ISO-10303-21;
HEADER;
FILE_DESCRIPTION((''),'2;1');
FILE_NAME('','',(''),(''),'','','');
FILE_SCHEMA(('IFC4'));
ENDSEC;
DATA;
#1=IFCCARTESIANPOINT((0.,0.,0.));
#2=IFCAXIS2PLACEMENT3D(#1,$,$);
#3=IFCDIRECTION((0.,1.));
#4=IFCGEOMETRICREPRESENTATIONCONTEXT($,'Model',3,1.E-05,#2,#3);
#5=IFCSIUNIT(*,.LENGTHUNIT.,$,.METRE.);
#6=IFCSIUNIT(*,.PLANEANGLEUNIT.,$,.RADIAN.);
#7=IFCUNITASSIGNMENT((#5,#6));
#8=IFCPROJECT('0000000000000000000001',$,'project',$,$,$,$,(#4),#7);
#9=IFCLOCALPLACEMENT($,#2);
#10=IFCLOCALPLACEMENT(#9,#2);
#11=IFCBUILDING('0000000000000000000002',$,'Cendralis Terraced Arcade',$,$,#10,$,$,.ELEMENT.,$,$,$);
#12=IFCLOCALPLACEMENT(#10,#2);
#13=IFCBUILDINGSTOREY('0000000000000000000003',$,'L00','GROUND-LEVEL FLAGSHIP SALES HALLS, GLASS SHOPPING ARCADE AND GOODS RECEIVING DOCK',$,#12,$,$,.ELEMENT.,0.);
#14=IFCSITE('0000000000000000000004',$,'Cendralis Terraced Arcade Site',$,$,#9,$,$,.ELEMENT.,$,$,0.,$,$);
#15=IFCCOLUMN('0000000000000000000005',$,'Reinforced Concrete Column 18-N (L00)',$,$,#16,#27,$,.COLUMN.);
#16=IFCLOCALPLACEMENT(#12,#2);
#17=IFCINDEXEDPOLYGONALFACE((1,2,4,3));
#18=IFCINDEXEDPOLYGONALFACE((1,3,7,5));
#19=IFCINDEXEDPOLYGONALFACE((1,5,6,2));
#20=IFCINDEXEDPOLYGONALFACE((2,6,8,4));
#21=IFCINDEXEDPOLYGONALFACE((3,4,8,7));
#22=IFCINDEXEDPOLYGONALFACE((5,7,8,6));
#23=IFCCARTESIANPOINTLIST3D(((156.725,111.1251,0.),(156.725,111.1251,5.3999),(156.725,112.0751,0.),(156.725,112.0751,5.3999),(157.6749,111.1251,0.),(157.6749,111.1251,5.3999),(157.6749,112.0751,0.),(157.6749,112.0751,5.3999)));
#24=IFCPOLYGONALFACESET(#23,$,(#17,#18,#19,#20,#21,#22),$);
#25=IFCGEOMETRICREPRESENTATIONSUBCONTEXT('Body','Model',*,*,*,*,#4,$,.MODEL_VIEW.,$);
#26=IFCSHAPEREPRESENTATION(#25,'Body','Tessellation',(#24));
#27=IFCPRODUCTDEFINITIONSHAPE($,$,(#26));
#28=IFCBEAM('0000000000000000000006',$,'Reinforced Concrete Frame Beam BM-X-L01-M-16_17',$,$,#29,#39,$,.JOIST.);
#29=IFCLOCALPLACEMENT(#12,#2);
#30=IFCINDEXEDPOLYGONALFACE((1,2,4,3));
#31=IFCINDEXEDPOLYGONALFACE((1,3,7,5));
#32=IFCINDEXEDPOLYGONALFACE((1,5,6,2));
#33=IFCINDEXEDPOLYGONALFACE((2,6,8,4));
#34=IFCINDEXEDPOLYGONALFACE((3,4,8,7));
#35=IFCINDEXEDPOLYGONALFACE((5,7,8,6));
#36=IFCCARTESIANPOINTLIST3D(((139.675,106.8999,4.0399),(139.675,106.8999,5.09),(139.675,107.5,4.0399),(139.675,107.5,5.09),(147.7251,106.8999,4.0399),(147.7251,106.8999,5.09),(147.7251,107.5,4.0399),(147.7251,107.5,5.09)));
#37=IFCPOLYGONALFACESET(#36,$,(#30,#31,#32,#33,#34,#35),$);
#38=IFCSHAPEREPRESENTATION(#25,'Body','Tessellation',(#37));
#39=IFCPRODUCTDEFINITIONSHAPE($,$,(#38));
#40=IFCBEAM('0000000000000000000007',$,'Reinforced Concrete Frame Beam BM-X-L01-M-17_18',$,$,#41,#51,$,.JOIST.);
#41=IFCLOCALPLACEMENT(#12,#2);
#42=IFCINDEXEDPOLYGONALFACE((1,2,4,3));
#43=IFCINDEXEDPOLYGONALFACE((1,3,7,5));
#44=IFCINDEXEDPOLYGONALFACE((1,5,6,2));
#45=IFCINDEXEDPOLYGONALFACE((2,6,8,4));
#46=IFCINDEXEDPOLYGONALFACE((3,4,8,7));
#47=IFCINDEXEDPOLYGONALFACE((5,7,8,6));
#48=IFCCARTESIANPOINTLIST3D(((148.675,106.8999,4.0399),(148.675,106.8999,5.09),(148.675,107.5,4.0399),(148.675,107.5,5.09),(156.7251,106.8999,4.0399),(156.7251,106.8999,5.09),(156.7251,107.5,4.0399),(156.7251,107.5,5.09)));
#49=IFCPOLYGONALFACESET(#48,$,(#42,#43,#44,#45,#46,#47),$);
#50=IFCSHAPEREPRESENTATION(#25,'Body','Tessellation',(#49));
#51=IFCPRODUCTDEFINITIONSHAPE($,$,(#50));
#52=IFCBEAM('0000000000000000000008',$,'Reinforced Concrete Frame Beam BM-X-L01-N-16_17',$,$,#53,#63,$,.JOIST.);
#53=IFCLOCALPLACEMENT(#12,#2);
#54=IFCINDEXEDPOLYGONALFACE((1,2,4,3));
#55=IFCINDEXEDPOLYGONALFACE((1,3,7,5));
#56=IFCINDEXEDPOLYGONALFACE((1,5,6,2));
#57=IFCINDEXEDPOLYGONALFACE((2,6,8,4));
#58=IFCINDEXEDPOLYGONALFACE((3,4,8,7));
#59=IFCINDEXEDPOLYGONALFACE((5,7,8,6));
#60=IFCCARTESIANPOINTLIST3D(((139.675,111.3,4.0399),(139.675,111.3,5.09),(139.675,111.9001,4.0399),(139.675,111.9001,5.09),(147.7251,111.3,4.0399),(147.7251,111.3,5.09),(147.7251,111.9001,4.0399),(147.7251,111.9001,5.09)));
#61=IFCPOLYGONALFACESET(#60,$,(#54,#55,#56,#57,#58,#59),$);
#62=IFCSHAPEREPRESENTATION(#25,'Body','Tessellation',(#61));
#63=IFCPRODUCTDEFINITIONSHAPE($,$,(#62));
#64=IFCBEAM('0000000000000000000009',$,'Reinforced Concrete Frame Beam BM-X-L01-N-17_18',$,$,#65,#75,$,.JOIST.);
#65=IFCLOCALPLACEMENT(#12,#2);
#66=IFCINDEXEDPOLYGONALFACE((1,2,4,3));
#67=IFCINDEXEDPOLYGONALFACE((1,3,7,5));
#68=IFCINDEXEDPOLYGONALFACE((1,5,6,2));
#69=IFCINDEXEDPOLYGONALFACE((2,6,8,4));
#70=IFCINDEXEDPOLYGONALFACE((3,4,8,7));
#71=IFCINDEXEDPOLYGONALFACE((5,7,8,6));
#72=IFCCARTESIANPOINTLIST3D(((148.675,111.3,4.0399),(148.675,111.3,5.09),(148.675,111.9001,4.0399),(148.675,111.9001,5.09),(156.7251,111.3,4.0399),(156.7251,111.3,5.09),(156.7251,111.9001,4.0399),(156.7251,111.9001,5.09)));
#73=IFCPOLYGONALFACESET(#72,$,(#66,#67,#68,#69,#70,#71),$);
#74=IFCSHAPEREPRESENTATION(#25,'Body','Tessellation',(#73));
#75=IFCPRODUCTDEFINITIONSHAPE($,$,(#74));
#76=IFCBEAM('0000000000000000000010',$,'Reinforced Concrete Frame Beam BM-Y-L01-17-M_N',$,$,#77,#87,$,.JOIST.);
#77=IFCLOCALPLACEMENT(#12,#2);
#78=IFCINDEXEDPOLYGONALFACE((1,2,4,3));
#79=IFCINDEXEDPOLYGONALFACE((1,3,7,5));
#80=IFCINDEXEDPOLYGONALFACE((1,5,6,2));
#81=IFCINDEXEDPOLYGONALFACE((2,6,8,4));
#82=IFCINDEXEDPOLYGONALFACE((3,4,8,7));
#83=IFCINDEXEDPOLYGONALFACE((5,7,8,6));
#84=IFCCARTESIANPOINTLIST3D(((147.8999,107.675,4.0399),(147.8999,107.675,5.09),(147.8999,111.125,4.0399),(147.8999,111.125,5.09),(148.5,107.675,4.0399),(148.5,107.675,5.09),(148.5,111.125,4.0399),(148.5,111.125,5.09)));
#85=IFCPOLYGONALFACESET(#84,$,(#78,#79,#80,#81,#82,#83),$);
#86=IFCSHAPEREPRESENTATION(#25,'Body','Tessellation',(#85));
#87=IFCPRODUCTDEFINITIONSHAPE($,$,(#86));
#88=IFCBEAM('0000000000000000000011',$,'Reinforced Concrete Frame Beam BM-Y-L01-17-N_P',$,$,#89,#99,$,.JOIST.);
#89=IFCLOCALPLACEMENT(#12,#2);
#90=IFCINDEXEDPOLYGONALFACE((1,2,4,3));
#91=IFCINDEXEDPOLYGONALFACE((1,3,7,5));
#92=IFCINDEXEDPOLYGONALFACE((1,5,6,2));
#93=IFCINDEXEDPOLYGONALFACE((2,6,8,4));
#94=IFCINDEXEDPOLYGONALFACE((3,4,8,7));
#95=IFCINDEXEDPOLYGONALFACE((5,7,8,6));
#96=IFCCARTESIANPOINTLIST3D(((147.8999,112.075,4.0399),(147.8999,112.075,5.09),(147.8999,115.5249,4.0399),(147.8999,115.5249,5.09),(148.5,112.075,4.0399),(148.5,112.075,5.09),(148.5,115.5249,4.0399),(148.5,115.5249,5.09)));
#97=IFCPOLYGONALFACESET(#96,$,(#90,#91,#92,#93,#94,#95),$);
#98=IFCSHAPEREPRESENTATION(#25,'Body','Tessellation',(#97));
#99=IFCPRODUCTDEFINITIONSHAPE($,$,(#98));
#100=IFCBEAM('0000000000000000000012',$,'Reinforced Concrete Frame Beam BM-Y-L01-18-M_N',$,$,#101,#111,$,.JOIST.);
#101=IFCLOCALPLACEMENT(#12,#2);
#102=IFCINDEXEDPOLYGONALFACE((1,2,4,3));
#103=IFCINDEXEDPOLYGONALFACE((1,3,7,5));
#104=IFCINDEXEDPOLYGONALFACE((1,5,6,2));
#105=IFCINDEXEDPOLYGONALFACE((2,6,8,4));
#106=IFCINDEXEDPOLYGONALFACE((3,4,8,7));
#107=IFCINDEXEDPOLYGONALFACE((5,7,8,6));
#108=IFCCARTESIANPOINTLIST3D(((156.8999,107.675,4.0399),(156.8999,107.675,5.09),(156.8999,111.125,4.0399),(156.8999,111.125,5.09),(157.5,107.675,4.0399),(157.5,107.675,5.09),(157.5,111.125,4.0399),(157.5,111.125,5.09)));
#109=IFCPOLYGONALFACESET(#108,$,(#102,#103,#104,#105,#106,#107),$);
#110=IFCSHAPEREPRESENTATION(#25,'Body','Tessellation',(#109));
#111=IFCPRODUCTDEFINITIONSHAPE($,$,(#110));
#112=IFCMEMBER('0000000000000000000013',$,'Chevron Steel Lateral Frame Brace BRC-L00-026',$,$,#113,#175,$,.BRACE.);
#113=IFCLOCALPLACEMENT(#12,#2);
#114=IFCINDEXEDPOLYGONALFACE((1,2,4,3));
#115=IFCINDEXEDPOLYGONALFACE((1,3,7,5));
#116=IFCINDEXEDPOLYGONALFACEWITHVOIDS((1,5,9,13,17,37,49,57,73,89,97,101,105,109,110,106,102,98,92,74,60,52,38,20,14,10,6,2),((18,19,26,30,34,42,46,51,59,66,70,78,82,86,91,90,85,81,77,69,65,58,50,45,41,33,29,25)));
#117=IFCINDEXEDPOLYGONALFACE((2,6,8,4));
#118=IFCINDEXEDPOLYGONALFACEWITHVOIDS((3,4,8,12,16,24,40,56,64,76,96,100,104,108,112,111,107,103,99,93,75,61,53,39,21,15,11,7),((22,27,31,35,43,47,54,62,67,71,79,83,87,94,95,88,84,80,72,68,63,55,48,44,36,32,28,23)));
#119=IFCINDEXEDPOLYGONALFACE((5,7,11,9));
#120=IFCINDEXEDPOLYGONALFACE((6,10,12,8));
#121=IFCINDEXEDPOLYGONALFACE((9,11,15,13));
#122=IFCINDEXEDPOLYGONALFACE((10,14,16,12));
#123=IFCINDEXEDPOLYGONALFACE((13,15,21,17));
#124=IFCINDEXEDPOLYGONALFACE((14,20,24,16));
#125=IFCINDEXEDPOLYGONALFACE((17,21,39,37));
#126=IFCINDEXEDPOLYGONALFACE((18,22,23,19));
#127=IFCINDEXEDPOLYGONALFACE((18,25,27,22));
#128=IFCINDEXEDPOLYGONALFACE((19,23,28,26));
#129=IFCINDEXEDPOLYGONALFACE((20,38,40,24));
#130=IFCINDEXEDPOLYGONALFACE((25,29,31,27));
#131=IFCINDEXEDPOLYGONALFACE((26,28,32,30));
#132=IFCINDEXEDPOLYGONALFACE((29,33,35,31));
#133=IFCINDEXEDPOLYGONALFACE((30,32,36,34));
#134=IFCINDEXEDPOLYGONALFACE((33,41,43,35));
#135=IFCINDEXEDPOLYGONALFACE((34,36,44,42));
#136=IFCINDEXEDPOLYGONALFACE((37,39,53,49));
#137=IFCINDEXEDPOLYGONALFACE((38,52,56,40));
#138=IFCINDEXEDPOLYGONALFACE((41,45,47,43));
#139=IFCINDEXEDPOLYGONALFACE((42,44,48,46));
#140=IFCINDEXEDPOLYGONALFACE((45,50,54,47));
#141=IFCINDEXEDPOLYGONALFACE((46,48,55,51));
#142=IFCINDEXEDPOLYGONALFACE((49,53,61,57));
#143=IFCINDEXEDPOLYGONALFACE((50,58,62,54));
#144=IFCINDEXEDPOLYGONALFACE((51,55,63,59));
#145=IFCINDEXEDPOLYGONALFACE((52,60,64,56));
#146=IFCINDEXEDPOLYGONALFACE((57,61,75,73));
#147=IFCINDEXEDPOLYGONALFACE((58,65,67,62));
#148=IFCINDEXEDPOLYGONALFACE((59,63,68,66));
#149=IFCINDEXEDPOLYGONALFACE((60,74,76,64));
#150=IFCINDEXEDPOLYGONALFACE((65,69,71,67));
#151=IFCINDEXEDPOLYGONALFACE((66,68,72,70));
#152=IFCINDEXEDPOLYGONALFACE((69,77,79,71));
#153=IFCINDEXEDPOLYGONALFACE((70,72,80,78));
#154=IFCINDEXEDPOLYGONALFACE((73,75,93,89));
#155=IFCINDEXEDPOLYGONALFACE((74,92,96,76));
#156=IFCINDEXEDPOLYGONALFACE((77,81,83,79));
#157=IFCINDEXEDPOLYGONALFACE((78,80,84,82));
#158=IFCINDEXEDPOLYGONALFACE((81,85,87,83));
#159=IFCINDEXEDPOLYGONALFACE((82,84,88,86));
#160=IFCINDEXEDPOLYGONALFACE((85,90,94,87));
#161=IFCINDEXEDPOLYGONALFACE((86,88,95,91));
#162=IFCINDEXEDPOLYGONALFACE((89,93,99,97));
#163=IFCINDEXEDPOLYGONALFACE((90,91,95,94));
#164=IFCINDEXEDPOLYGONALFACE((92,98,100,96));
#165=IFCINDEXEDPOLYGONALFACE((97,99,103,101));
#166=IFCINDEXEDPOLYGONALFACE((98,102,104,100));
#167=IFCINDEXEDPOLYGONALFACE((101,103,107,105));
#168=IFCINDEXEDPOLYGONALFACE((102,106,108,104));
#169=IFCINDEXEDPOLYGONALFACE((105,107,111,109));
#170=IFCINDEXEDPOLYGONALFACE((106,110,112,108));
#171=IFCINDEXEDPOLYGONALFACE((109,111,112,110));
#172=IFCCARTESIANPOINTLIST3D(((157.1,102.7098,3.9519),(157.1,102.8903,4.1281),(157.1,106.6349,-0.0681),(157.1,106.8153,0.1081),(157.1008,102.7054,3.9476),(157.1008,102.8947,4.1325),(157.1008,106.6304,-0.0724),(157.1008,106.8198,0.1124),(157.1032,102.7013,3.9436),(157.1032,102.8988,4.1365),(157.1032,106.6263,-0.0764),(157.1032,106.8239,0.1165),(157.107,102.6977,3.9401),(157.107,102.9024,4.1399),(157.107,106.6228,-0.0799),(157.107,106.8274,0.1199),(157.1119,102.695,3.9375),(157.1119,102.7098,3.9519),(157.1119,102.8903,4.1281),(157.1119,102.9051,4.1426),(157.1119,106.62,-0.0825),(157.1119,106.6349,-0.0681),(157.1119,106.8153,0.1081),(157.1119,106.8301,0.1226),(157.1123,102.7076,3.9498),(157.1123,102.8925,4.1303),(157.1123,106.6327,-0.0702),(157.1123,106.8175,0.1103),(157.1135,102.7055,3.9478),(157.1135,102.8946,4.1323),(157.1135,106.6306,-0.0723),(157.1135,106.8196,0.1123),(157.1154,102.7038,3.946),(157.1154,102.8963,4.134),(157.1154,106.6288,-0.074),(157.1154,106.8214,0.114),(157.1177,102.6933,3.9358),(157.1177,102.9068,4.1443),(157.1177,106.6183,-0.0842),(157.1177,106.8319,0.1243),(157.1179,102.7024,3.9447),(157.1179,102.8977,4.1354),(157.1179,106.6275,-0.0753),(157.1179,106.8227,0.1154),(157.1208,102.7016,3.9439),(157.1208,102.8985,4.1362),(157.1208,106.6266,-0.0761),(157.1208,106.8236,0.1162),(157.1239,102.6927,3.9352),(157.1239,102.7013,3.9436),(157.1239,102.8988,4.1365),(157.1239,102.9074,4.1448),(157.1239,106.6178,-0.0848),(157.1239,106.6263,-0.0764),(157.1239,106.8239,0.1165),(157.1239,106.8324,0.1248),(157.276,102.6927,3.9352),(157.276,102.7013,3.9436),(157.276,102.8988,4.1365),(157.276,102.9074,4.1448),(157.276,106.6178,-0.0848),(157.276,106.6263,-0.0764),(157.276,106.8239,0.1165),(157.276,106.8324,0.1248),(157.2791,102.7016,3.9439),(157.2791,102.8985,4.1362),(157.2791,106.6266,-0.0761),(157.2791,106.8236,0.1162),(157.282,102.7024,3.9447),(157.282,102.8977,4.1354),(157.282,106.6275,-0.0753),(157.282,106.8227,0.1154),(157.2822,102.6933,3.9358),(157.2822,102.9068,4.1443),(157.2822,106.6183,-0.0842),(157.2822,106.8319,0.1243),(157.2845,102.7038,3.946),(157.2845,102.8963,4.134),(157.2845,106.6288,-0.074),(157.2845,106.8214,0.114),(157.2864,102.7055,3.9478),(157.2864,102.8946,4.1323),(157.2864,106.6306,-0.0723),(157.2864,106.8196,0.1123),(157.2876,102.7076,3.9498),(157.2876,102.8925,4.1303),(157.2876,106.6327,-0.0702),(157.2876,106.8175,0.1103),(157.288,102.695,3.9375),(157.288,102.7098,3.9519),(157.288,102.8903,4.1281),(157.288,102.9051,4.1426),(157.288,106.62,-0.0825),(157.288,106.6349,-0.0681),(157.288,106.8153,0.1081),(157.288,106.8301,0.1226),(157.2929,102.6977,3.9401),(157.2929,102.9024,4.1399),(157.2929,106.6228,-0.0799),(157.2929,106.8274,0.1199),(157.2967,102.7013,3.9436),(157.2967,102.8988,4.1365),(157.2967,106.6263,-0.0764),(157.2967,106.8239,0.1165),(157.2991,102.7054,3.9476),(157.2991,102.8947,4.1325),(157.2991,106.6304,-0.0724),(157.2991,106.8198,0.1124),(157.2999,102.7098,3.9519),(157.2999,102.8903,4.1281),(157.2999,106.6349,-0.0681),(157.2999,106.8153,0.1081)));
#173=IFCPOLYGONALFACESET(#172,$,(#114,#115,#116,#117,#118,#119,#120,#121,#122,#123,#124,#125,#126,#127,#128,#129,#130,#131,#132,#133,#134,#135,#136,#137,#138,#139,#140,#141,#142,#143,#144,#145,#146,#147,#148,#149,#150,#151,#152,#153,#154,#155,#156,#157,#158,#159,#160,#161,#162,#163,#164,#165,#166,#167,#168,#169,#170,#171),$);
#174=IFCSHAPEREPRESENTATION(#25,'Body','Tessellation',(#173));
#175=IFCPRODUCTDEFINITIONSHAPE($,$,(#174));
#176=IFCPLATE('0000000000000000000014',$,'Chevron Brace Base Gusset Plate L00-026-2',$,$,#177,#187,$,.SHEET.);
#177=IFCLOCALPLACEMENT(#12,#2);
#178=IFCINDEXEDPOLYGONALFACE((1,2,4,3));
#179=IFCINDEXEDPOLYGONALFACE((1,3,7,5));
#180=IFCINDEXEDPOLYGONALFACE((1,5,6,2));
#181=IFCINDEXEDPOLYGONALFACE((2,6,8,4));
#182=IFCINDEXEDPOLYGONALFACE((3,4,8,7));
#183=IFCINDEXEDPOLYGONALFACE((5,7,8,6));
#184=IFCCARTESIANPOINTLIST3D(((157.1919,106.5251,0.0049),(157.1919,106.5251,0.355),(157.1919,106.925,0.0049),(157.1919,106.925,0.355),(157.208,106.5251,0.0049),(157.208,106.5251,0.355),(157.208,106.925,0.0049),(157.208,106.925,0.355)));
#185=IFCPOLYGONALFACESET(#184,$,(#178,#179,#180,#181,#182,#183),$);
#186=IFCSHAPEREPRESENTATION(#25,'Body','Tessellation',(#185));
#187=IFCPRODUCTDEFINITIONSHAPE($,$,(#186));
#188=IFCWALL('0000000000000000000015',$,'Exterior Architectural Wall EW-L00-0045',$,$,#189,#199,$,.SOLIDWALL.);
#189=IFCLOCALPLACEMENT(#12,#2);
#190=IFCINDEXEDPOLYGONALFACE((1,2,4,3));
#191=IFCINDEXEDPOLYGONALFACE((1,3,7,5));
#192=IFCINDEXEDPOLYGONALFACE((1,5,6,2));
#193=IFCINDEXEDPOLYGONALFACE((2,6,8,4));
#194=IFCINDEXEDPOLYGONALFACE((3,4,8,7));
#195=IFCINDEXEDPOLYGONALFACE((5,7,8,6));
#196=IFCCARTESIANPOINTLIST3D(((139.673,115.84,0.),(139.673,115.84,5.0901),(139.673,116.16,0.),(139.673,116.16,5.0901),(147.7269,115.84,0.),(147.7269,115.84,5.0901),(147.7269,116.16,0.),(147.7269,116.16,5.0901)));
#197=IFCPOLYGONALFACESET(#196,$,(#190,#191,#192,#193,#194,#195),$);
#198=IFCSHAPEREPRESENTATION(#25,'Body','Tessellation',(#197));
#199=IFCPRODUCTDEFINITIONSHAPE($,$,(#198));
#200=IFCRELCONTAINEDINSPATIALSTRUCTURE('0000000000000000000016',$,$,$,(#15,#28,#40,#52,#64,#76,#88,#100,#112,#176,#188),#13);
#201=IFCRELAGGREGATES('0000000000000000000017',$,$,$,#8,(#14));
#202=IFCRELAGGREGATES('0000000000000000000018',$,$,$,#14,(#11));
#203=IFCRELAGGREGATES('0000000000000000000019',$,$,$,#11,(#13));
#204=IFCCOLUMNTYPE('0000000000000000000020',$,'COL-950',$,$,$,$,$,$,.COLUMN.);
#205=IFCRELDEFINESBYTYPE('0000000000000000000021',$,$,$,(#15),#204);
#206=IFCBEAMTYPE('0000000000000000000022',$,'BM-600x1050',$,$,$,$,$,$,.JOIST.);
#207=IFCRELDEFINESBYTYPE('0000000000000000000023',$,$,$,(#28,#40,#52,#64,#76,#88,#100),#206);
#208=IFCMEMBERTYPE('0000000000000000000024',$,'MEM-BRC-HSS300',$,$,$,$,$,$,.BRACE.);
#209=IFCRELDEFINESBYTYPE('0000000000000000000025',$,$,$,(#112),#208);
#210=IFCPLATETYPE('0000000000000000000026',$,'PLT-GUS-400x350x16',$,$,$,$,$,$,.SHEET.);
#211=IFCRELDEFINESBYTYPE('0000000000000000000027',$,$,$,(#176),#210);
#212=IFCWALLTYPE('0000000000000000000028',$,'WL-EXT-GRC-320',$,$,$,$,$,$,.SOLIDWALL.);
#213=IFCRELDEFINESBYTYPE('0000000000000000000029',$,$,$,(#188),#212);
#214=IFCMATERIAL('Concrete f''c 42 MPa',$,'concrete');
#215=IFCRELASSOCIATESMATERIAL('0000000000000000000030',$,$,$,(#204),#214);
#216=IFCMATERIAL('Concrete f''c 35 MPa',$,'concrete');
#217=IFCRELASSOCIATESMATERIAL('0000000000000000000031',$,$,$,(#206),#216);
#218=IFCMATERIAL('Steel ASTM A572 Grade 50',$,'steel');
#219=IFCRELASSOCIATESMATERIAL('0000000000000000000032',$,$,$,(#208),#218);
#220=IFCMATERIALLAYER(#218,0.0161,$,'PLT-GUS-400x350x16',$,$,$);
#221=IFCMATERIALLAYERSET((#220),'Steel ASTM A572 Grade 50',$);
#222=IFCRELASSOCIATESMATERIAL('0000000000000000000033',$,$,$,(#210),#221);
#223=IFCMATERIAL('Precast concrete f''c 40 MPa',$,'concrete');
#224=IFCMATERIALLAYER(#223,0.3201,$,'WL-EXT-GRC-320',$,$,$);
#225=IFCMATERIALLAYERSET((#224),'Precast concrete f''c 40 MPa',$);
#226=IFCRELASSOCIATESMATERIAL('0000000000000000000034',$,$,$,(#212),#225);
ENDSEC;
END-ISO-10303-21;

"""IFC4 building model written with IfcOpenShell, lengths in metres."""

from ifc_helpers import new_model, si_unit, direction, frame, frame_2d, origin, origin_2d, place, context, subcontext, project, spatial, rectangle, hollow_rectangle, extrude, material, layer, layer_set, material_profile, profile_set, type_object, element, save


model = new_model("IFC4")

# Units and contexts
model_context = context("Model", 3, precision=1e-05, world=origin(), true_north=direction((0.0, 1.0)))
body_context = subcontext(model_context, "Body", "Model", "MODEL_VIEW")
ifc_project = project(units=[si_unit("LENGTHUNIT", "METRE"), si_unit("PLANEANGLEUNIT", "RADIAN")], contexts=[model_context])

# Site, building, storey
site_placement = place(None, origin())
site = spatial("IfcSite", under=ifc_project, at=site_placement, Name="Cendralis Terraced Arcade Site", CompositionType="ELEMENT", RefElevation=0.0)
building_placement = place(site_placement, origin())
building = spatial("IfcBuilding", under=site, at=building_placement, Name="Cendralis Terraced Arcade", CompositionType="ELEMENT")
storey_placement = place(building_placement, origin())
storey = spatial("IfcBuildingStorey", under=building, at=storey_placement, Name="L00", Description="GROUND-LEVEL FLAGSHIP SALES HALLS, GLASS SHOPPING ARCADE AND GOODS RECEIVING DOCK", CompositionType="ELEMENT", Elevation=0.0)

# Shared definitions
ifc_material_1 = material(Name="Concrete f'c 35 MPa", Category="concrete")

# Column
ifc_material_2 = material(Name="Concrete f'c 42 MPa", Category="concrete")
ifc_material_profile_1 = material_profile(ifc_material_2, rectangle(XDim=0.95, YDim=0.95, at=origin_2d()), Name="RC-COL-950x950", Category="LoadBearing")
ifc_profile_set_1 = profile_set([ifc_material_profile_1], Name="Concrete f'c 42 MPa")
column_type = type_object("IfcColumnType", Name="COL-950", PredefinedType="COLUMN", material=ifc_profile_set_1)
for number, where, z_axis, x_axis, name in (
    (1, (157.2, 111.6001, 0.0), (0.0, 0.0, 1.0), (1.0, 0.0, 0.0), "Reinforced Concrete Column 18-N (L00)"),
):
    element("IfcColumn", number, at=place(storey_placement, frame(where, z_axis=z_axis, x_axis=x_axis)), inside=storey, type_object=column_type, Name=name, PredefinedType="COLUMN", context=body_context, shape_type="SweptSolid", body=[
        extrude(rectangle(XDim=0.95, YDim=0.95, at=origin_2d()), origin(), (0.0, 0.0, 1.0), 5.3999),
    ])

# Beams
ifc_material_profile_2 = material_profile(ifc_material_1, rectangle(XDim=0.6001, YDim=1.05, at=origin_2d()), Name="RC-BM-600x1050", Category="LoadBearing")
ifc_profile_set_2 = profile_set([ifc_material_profile_2], Name="Concrete f'c 35 MPa")
beam_type = type_object("IfcBeamType", Name="BM-600x1050", PredefinedType="JOIST", material=ifc_profile_set_2)
for number, where, z_axis, x_axis, name in (
    (2, (139.675, 107.2, 4.5649), (1.0, 0.0, 0.0), (0.0, 1.0, 0.0), "Reinforced Concrete Frame Beam BM-X-L01-M-16_17"),
    (3, (148.675, 107.2, 4.5649), (1.0, 0.0, 0.0), (0.0, 1.0, 0.0), "Reinforced Concrete Frame Beam BM-X-L01-M-17_18"),
    (4, (139.675, 111.6001, 4.5649), (1.0, 0.0, 0.0), (0.0, 1.0, 0.0), "Reinforced Concrete Frame Beam BM-X-L01-N-16_17"),
    (5, (148.675, 111.6001, 4.5649), (1.0, 0.0, 0.0), (0.0, 1.0, 0.0), "Reinforced Concrete Frame Beam BM-X-L01-N-17_18"),
):
    element("IfcBeam", number, at=place(storey_placement, frame(where, z_axis=z_axis, x_axis=x_axis)), inside=storey, type_object=beam_type, Name=name, PredefinedType="JOIST", context=body_context, shape_type="SweptSolid", body=[
        extrude(rectangle(XDim=0.6001, YDim=1.05, at=origin_2d()), origin(), (0.0, 0.0, 1.0), 8.05),
    ])
for number, where, z_axis, x_axis, name in (
    (6, (148.2, 107.675, 4.5649), (0.0, 1.0, 0.0), (-1.0, 0.0, 0.0), "Reinforced Concrete Frame Beam BM-Y-L01-17-M_N"),
    (7, (148.2, 112.075, 4.5649), (0.0, 1.0, 0.0), (-1.0, 0.0, 0.0), "Reinforced Concrete Frame Beam BM-Y-L01-17-N_P"),
    (8, (157.2, 107.675, 4.5649), (0.0, 1.0, 0.0), (-1.0, 0.0, 0.0), "Reinforced Concrete Frame Beam BM-Y-L01-18-M_N"),
):
    element("IfcBeam", number, at=place(storey_placement, frame(where, z_axis=z_axis, x_axis=x_axis)), inside=storey, type_object=beam_type, Name=name, PredefinedType="JOIST", context=body_context, shape_type="SweptSolid", body=[
        extrude(rectangle(XDim=0.6001, YDim=1.05, at=origin_2d()), origin(), (0.0, 0.0, 1.0), 3.45),
    ])

# Member
ifc_material_3 = material(Name="Steel ASTM A572 Grade 50", Category="steel")
ifc_material_profile_3 = material_profile(ifc_material_3, hollow_rectangle(XDim=0.2, YDim=0.3, WallThickness=0.012, InnerFilletRadius=0.012, OuterFilletRadius=0.0239, at=origin_2d()), Name="HSS300X200X12", Category="LoadBearing")
ifc_profile_set_3 = profile_set([ifc_material_profile_3], Name="Steel ASTM A572 Grade 50")
member_type = type_object("IfcMemberType", Name="MEM-BRC-HSS300", PredefinedType="BRACE", material=ifc_profile_set_3)
member_placement = place(storey_placement, frame((157.2, 106.7251, 0.02), z_axis=(0.0, -0.698605, 0.715508), x_axis=(1.0, 0.0, 0.0)))
element("IfcMember", 9, at=member_placement, inside=storey, type_object=member_type, Name="Chevron Steel Lateral Frame Brace BRC-L00-026", PredefinedType="BRACE", context=body_context, shape_type="SweptSolid", body=[
    extrude(hollow_rectangle(XDim=0.2, YDim=0.3, WallThickness=0.012, InnerFilletRadius=0.012, OuterFilletRadius=0.0239, at=origin_2d()), origin(), (0.0, 0.0, 1.0), 5.6184),
])

# Plate
ifc_layer_1 = layer(ifc_material_3, 0.0161, Name="PLT-GUS-400x350x16")
ifc_layer_set_1 = layer_set([ifc_layer_1], Name="Steel ASTM A572 Grade 50")
plate_type = type_object("IfcPlateType", Name="PLT-GUS-400x350x16", PredefinedType="SHEET", material=ifc_layer_set_1)
plate_placement = place(storey_placement, frame((157.2, 106.7251, 0.0049), z_axis=(0.0, 0.0, 1.0), x_axis=(0.0, 1.0, 0.0)))
element("IfcPlate", 10, at=plate_placement, inside=storey, type_object=plate_type, Name="Chevron Brace Base Gusset Plate L00-026-2", PredefinedType="SHEET", context=body_context, shape_type="SweptSolid", body=[
    extrude(rectangle(XDim=0.3999, YDim=0.0161, at=origin_2d()), origin(), (0.0, 0.0, 1.0), 0.3501),
])

# Wall
ifc_material_4 = material(Name="Precast concrete f'c 40 MPa", Category="concrete")
ifc_layer_2 = layer(ifc_material_4, 0.3201, Name="WL-EXT-GRC-320")
ifc_layer_set_2 = layer_set([ifc_layer_2], Name="Precast concrete f'c 40 MPa")
wall_type_1 = type_object("IfcWallType", Name="WL-EXT-GRC-320", PredefinedType="SOLIDWALL", material=ifc_layer_set_2)
for number, where, z_axis, x_axis, name in (
    (11, (139.6731, 116.0, 0.0), (0.0, 0.0, 1.0), (1.0, 0.0, 0.0), "Exterior Architectural Wall EW-L00-0045"),
):
    element("IfcWall", number, at=place(storey_placement, frame(where, z_axis=z_axis, x_axis=x_axis)), inside=storey, type_object=wall_type_1, Name=name, PredefinedType="SOLIDWALL", context=body_context, shape_type="SweptSolid", body=[
        extrude(rectangle(XDim=8.054, YDim=0.3201, at=frame_2d((4.0269, 0.0))), origin(), (0.0, 0.0, 1.0), 5.0901),
    ])

save(model, "model.ifc")
